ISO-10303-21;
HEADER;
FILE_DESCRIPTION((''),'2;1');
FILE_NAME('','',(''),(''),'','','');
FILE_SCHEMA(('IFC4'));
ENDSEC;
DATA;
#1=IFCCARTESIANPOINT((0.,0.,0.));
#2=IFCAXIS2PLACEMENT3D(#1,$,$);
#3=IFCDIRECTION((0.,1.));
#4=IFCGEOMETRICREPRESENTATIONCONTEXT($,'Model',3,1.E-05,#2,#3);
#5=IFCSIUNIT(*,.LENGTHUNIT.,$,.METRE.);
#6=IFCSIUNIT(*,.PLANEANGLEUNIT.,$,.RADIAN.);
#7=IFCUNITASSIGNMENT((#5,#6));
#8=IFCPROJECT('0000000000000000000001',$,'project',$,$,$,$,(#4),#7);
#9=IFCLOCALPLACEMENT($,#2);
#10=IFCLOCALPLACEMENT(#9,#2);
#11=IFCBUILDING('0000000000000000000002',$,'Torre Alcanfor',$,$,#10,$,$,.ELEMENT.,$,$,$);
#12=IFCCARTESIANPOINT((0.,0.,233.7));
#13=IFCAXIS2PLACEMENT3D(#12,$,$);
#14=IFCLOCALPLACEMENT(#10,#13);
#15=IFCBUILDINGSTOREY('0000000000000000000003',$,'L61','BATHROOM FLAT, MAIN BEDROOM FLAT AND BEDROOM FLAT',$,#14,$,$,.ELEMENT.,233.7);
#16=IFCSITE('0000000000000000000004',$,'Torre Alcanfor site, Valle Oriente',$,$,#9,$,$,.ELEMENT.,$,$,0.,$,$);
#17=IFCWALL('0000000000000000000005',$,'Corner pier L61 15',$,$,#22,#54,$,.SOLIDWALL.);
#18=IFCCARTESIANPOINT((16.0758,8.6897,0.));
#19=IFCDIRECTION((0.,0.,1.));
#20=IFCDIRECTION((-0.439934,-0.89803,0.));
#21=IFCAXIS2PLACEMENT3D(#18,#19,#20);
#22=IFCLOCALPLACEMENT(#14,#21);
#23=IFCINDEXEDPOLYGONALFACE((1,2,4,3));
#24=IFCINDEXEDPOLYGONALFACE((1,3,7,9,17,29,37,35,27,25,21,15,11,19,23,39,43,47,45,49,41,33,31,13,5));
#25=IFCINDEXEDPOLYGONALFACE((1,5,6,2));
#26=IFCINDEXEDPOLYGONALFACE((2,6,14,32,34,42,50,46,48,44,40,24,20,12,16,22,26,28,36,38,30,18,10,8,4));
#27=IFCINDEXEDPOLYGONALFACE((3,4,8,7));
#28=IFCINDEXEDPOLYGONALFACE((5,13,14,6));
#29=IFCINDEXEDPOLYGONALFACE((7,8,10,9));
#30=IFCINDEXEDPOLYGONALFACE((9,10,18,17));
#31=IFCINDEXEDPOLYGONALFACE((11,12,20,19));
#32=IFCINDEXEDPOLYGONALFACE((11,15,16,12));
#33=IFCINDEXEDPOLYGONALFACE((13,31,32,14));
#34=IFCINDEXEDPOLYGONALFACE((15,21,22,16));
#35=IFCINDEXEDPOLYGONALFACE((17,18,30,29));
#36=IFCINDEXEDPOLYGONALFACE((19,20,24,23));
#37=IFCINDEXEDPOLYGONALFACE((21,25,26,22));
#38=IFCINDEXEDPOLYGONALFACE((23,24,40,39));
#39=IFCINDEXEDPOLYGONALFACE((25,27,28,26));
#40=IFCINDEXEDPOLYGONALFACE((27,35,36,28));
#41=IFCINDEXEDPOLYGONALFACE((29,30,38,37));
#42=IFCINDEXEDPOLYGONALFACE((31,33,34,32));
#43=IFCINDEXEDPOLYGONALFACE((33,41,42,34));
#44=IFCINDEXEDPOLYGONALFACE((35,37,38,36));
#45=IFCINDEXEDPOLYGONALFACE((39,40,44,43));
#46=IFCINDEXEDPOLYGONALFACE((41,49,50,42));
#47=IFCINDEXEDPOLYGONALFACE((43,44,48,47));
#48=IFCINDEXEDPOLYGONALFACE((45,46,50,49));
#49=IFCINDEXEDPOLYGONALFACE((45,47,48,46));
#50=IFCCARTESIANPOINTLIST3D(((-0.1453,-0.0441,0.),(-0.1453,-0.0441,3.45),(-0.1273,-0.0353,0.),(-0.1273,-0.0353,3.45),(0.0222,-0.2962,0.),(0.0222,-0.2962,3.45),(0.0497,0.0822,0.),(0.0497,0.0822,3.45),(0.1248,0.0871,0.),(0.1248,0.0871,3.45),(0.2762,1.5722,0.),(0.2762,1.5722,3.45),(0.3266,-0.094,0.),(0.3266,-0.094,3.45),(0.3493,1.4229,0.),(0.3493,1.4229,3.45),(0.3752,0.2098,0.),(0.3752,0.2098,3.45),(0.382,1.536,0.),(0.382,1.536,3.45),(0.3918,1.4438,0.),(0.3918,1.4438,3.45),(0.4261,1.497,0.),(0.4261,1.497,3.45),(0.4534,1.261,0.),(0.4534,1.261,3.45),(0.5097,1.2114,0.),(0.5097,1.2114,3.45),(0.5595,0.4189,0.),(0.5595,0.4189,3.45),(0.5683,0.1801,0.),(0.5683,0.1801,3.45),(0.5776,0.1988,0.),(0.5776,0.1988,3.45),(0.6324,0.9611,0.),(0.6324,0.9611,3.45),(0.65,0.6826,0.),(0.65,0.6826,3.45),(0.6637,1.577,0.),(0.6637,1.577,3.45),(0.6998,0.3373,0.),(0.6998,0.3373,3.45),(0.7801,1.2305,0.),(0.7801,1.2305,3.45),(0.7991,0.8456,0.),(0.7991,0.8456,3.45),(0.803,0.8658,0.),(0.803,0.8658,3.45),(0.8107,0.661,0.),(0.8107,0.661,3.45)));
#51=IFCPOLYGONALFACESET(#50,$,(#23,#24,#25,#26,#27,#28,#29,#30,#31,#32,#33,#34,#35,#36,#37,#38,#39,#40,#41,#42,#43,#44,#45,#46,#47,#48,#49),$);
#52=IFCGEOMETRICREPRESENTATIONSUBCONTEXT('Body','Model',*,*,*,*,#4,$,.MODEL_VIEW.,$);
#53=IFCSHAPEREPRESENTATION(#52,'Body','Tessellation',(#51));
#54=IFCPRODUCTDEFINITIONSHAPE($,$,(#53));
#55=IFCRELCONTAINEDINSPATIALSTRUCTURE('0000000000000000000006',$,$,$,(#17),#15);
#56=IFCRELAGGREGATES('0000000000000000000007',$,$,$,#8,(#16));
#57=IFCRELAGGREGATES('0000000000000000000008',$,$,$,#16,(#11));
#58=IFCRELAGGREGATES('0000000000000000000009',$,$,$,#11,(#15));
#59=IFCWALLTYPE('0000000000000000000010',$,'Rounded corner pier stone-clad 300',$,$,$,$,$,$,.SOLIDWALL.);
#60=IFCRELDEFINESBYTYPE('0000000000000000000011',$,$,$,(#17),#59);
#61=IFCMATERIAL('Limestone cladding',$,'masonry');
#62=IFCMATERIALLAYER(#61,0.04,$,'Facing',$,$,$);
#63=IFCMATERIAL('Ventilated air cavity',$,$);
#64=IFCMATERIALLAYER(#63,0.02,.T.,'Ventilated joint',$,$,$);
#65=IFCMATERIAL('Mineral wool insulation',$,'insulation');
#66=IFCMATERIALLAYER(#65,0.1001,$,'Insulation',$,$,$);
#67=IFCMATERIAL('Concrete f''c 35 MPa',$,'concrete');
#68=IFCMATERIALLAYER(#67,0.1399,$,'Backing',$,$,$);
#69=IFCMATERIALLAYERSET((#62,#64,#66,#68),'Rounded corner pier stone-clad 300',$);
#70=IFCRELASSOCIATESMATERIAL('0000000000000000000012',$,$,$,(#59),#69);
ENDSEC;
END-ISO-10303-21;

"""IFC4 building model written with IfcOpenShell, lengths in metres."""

from ifc_helpers import new_model, si_unit, direction, frame, origin, place, context, subcontext, project, spatial, polyline, outline, extrude, material, layer, layer_set, type_object, element, save


model = new_model("IFC4")

# Units and contexts
model_context = context("Model", 3, precision=1e-05, world=origin(), true_north=direction((0.0, 1.0)))
body_context = subcontext(model_context, "Body", "Model", "MODEL_VIEW")
ifc_project = project(units=[si_unit("LENGTHUNIT", "METRE"), si_unit("PLANEANGLEUNIT", "RADIAN")], contexts=[model_context])

# Site, building, storey
site_placement = place(None, origin())
site = spatial("IfcSite", under=ifc_project, at=site_placement, Name="Torre Alcanfor site, Valle Oriente", CompositionType="ELEMENT", RefElevation=0.0)
building_placement = place(site_placement, origin())
building = spatial("IfcBuilding", under=site, at=building_placement, Name="Torre Alcanfor", CompositionType="ELEMENT")
storey_placement = place(building_placement, frame((0.0, 0.0, 233.7)))
storey = spatial("IfcBuildingStorey", under=building, at=storey_placement, Name="L61", Description="BATHROOM FLAT, MAIN BEDROOM FLAT AND BEDROOM FLAT", CompositionType="ELEMENT", Elevation=233.7)

# Shared definitions
ifc_material_1 = material(Name="Limestone cladding", Category="masonry")
ifc_material_2 = material(Name="Ventilated air cavity")
ifc_material_3 = material(Name="Mineral wool insulation", Category="insulation")
ifc_material_4 = material(Name="Concrete f'c 35 MPa", Category="concrete")

# Wall
ifc_layer_1 = layer(ifc_material_1, 0.04, Name="Facing")
ifc_layer_2 = layer(ifc_material_2, 0.02, ventilated=True, Name="Ventilated joint")
ifc_layer_3 = layer(ifc_material_3, 0.1001, Name="Insulation")
ifc_layer_4 = layer(ifc_material_4, 0.1399, Name="Backing")
ifc_layer_set_1 = layer_set([ifc_layer_1, ifc_layer_2, ifc_layer_3, ifc_layer_4], Name="Rounded corner pier stone-clad 300")
wall_type_1 = type_object("IfcWallType", Name="Rounded corner pier stone-clad 300", PredefinedType="SOLIDWALL", material=ifc_layer_set_1)
wall_1_placement = place(storey_placement, frame((16.0758, 8.6897, 0.0), z_axis=(0.0, 0.0, 1.0), x_axis=(-0.439934, -0.89803, 0.0)))
element("IfcWall", 1, at=wall_1_placement, inside=storey, type_object=wall_type_1, Name="Corner pier L61 15", PredefinedType="SOLIDWALL", context=body_context, shape_type="SweptSolid", body=[
    extrude(outline(polyline([(0.6637, 1.577), (0.4261, 1.497), (0.382, 1.536), (0.2762, 1.5722), (0.3493, 1.4229), (0.3918, 1.4438), (0.4534, 1.261), (0.5097, 1.2114), (0.6324, 0.9611), (0.65, 0.6826), (0.5595, 0.4189), (0.3752, 0.2098), (0.1248, 0.0871), (0.0497, 0.0822), (-0.1273, -0.0353), (-0.1453, -0.0441), (0.0222, -0.2962), (0.3266, -0.094), (0.5683, 0.1801), (0.5776, 0.1988), (0.6998, 0.3373), (0.8107, 0.661), (0.7991, 0.8456), (0.803, 0.8658), (0.7801, 1.2305), (0.6637, 1.577)])), origin(), (0.0, 0.0, 1.0), 3.45),
])

save(model, "model.ifc")
